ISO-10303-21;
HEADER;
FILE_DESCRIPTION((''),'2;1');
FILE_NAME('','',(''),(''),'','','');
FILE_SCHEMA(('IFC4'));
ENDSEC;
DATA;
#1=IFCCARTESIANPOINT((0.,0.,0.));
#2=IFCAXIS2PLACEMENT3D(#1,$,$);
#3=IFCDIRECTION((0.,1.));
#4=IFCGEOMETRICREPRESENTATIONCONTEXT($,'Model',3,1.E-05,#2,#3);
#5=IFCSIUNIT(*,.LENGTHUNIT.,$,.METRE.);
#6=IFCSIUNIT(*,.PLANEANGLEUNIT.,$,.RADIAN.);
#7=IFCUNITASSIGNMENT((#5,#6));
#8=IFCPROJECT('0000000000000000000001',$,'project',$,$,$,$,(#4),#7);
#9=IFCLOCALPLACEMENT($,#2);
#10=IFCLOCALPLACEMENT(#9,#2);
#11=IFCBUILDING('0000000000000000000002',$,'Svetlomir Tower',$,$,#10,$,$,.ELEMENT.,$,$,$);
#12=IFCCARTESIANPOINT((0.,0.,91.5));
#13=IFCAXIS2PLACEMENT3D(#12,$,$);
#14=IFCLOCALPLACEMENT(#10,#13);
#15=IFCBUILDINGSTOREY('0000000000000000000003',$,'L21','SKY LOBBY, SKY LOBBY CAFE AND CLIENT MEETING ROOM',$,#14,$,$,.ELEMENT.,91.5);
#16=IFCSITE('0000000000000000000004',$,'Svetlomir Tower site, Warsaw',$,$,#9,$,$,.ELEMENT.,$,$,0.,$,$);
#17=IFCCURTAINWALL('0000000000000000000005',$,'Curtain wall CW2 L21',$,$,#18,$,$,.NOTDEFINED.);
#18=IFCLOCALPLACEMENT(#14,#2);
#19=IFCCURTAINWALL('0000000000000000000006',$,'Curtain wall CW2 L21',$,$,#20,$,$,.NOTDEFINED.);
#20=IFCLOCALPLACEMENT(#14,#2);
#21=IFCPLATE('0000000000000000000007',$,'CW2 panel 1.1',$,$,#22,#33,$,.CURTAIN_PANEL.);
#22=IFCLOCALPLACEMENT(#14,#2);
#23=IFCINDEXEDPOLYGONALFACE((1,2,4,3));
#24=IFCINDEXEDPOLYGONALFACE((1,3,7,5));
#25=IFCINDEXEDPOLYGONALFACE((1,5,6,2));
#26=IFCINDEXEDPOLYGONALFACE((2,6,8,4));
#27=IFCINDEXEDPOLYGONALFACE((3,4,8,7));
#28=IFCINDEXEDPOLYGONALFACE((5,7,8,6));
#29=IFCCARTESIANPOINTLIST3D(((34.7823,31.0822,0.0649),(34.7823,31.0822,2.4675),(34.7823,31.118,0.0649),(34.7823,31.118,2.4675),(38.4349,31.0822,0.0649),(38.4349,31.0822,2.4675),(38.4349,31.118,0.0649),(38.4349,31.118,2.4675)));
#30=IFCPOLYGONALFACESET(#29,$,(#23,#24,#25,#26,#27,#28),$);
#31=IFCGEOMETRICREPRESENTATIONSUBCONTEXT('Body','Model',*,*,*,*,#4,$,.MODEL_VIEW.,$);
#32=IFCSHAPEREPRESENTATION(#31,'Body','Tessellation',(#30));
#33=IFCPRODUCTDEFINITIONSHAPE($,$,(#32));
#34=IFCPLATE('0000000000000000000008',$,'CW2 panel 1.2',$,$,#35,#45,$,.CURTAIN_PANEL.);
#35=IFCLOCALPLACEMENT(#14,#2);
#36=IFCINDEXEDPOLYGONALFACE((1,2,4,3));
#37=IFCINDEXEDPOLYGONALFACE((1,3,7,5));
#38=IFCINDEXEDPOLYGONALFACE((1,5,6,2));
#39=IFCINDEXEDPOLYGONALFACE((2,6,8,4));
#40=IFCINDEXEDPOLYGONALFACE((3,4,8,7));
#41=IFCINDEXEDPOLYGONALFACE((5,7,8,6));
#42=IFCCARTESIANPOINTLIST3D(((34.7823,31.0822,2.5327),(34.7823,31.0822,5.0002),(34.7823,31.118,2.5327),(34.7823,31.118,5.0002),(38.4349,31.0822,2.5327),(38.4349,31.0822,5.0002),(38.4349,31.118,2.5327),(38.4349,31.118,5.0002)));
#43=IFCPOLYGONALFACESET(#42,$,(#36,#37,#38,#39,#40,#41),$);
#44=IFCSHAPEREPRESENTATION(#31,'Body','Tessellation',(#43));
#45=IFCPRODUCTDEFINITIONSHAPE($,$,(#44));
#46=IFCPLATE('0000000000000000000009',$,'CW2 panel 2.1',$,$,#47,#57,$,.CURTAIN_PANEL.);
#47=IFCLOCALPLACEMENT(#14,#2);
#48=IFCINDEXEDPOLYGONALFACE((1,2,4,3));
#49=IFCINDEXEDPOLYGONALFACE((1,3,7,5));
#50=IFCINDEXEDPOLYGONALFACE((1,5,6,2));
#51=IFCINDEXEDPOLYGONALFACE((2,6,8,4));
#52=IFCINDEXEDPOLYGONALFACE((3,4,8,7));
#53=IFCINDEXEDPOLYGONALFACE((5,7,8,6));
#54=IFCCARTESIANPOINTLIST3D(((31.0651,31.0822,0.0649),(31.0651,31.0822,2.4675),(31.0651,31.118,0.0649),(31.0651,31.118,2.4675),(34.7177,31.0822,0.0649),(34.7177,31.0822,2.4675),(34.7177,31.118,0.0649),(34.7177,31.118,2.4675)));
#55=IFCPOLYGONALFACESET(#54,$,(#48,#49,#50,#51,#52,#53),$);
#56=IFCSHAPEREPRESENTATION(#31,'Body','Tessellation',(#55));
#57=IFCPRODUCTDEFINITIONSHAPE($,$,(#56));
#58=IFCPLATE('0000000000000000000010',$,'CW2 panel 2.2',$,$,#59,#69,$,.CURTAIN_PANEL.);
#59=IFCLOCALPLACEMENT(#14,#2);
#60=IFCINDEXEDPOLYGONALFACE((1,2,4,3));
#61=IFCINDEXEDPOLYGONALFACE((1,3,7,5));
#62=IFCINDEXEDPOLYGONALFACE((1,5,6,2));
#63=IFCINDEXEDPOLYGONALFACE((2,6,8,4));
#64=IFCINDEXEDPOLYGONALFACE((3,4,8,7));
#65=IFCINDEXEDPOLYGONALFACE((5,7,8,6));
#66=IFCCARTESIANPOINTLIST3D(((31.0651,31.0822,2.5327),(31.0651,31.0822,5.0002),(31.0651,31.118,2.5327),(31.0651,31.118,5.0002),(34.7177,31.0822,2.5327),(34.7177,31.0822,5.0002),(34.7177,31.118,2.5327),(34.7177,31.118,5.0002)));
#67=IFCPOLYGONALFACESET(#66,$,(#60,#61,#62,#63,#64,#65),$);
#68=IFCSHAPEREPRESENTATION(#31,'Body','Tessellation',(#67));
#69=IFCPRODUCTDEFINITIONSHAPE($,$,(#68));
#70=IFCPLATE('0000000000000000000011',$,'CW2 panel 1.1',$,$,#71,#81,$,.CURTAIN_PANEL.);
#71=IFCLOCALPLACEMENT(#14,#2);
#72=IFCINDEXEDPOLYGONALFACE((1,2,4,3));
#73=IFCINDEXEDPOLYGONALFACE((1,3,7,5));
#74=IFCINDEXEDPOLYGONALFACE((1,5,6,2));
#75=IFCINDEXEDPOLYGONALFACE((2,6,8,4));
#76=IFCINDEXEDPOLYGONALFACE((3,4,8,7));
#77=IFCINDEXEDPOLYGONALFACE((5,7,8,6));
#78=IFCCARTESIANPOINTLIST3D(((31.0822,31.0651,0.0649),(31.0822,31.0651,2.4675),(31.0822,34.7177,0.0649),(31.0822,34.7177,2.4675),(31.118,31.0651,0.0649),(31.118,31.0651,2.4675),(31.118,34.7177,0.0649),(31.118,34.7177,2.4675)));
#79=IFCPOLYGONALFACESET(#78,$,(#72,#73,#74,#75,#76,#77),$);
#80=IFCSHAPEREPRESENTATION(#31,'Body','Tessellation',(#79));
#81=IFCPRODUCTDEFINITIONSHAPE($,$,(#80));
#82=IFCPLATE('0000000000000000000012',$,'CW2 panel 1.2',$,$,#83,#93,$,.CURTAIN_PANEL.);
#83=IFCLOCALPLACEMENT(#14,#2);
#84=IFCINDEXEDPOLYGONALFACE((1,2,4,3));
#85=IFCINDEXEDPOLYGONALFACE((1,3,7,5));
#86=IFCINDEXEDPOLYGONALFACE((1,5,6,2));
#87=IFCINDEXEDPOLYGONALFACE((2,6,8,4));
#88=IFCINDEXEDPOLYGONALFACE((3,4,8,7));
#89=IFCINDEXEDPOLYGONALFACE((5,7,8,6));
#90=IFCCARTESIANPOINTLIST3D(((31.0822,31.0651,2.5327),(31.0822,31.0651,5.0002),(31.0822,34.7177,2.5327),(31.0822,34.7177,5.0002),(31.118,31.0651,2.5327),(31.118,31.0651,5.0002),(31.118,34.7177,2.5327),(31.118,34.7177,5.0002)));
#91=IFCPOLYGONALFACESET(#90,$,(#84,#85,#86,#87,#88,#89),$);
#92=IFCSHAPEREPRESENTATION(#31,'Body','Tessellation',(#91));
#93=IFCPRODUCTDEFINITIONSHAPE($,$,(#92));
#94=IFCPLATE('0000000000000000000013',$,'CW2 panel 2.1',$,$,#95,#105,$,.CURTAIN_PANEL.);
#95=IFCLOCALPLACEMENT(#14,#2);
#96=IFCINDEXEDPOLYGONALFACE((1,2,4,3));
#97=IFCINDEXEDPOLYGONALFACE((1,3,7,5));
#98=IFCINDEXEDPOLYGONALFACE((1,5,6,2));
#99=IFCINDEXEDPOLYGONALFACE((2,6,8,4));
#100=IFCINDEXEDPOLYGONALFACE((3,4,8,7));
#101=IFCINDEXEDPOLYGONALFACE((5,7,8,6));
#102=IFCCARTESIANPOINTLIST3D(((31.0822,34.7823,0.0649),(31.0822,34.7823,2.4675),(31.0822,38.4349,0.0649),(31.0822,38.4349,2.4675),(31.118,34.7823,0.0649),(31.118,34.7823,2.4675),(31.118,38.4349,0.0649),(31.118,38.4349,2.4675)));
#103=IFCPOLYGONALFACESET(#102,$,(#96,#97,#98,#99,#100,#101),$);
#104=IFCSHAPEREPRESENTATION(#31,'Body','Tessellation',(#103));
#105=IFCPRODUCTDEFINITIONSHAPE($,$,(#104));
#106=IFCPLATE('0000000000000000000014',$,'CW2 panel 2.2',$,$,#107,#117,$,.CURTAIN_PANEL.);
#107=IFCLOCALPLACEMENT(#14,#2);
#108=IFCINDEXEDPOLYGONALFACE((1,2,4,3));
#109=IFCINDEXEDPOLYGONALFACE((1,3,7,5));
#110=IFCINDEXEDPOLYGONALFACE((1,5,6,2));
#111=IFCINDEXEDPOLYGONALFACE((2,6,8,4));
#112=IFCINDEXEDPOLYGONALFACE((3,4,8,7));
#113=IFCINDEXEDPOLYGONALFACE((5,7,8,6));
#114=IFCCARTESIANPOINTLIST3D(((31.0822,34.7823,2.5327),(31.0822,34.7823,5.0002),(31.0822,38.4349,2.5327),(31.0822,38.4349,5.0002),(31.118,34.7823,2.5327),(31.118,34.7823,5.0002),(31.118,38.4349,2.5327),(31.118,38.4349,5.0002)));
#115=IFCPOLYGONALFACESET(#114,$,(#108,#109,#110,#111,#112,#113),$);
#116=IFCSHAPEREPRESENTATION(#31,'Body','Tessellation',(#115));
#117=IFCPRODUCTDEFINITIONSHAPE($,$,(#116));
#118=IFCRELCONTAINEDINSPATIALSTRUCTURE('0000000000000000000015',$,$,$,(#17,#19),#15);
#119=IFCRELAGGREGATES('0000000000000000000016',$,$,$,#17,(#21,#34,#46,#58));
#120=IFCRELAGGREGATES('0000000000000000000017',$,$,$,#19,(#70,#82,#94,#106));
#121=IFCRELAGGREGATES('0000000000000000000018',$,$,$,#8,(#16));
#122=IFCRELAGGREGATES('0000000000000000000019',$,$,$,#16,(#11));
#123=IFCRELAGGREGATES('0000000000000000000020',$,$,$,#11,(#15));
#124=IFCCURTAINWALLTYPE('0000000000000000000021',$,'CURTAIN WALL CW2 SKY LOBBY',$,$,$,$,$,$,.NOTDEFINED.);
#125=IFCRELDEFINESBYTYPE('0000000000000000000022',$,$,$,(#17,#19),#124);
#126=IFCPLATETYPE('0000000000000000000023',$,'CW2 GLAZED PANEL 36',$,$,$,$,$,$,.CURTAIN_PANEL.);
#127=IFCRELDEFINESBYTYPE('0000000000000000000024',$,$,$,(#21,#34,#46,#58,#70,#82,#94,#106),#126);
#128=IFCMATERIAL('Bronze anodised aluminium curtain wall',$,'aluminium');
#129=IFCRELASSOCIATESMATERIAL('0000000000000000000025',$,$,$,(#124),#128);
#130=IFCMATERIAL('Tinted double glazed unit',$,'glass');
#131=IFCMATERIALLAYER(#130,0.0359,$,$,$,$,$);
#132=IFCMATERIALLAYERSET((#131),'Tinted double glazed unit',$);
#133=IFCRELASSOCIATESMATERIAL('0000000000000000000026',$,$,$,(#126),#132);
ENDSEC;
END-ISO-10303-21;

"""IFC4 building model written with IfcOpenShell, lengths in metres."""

from ifc_helpers import new_model, si_unit, direction, frame, origin, origin_2d, place, context, subcontext, project, spatial, rectangle, extrude, material, layer, layer_set, type_object, element, aggregate, save


model = new_model("IFC4")

# Units and contexts
model_context = context("Model", 3, precision=1e-05, world=origin(), true_north=direction((0.0, 1.0)))
body_context = subcontext(model_context, "Body", "Model", "MODEL_VIEW")
ifc_project = project(units=[si_unit("LENGTHUNIT", "METRE"), si_unit("PLANEANGLEUNIT", "RADIAN")], contexts=[model_context])

# Site, building, storey
site_placement = place(None, origin())
site = spatial("IfcSite", under=ifc_project, at=site_placement, Name="Svetlomir Tower site, Warsaw", CompositionType="ELEMENT", RefElevation=0.0)
building_placement = place(site_placement, origin())
building = spatial("IfcBuilding", under=site, at=building_placement, Name="Svetlomir Tower", CompositionType="ELEMENT")
storey_placement = place(building_placement, frame((0.0, 0.0, 91.5)))
storey = spatial("IfcBuildingStorey", under=building, at=storey_placement, Name="L21", Description="SKY LOBBY, SKY LOBBY CAFE AND CLIENT MEETING ROOM", CompositionType="ELEMENT", Elevation=91.5)

# Curtain walls
ifc_material_1 = material(Name="Bronze anodised aluminium curtain wall", Category="aluminium")
curtain_wall_type = type_object("IfcCurtainWallType", Name="CURTAIN WALL CW2 SKY LOBBY", PredefinedType="NOTDEFINED", material=ifc_material_1)
curtain_wall_1_placement = place(storey_placement, origin())
curtain_wall_1 = element("IfcCurtainWall", 1, at=curtain_wall_1_placement, inside=storey, type_object=curtain_wall_type, Name="Curtain wall CW2 L21", PredefinedType="NOTDEFINED")
curtain_wall_2_placement = place(storey_placement, origin())
curtain_wall_2 = element("IfcCurtainWall", 2, at=curtain_wall_2_placement, inside=storey, type_object=curtain_wall_type, Name="Curtain wall CW2 L21", PredefinedType="NOTDEFINED")

# Plates
ifc_material_2 = material(Name="Tinted double glazed unit", Category="glass")
ifc_layer = layer(ifc_material_2, 0.0359)
ifc_layer_set = layer_set([ifc_layer], Name="Tinted double glazed unit")
plate_type = type_object("IfcPlateType", Name="CW2 GLAZED PANEL 36", PredefinedType="CURTAIN_PANEL", material=ifc_layer_set)
plate_1_placement = place(storey_placement, frame((36.6086, 31.1001, 0.0649), z_axis=(0.0, 0.0, 1.0), x_axis=(-1.0, 0.0, 0.0)))
plate_1 = element("IfcPlate", 3, at=plate_1_placement, type_object=plate_type, Name="CW2 panel 1.1", PredefinedType="CURTAIN_PANEL", context=body_context, shape_type="SweptSolid", body=[
    extrude(rectangle(XDim=3.6526, YDim=0.0359, at=origin_2d()), origin(), (0.0, 0.0, 1.0), 2.4026),
])
plate_2_placement = place(storey_placement, frame((36.6086, 31.1001, 2.5327), z_axis=(0.0, 0.0, 1.0), x_axis=(-1.0, 0.0, 0.0)))
plate_2 = element("IfcPlate", 4, at=plate_2_placement, type_object=plate_type, Name="CW2 panel 1.2", PredefinedType="CURTAIN_PANEL", context=body_context, shape_type="SweptSolid", body=[
    extrude(rectangle(XDim=3.6526, YDim=0.0359, at=origin_2d()), origin(), (0.0, 0.0, 1.0), 2.4675),
])
plate_3_placement = place(storey_placement, frame((32.8914, 31.1001, 0.0649), z_axis=(0.0, 0.0, 1.0), x_axis=(-1.0, 0.0, 0.0)))
plate_3 = element("IfcPlate", 5, at=plate_3_placement, type_object=plate_type, Name="CW2 panel 2.1", PredefinedType="CURTAIN_PANEL", context=body_context, shape_type="SweptSolid", body=[
    extrude(rectangle(XDim=3.6526, YDim=0.0359, at=origin_2d()), origin(), (0.0, 0.0, 1.0), 2.4026),
])
plate_4_placement = place(storey_placement, frame((32.8914, 31.1001, 2.5327), z_axis=(0.0, 0.0, 1.0), x_axis=(-1.0, 0.0, 0.0)))
plate_4 = element("IfcPlate", 6, at=plate_4_placement, type_object=plate_type, Name="CW2 panel 2.2", PredefinedType="CURTAIN_PANEL", context=body_context, shape_type="SweptSolid", body=[
    extrude(rectangle(XDim=3.6526, YDim=0.0359, at=origin_2d()), origin(), (0.0, 0.0, 1.0), 2.4675),
])
aggregate(curtain_wall_1, [plate_1, plate_2, plate_3, plate_4])
plate_5_placement = place(storey_placement, frame((31.1001, 32.8914, 0.0649), z_axis=(0.0, 0.0, 1.0), x_axis=(0.0, 1.0, 0.0)))
plate_5 = element("IfcPlate", 7, at=plate_5_placement, type_object=plate_type, Name="CW2 panel 1.1", PredefinedType="CURTAIN_PANEL", context=body_context, shape_type="SweptSolid", body=[
    extrude(rectangle(XDim=3.6526, YDim=0.0359, at=origin_2d()), origin(), (0.0, 0.0, 1.0), 2.4026),
])
plate_6_placement = place(storey_placement, frame((31.1001, 32.8914, 2.5327), z_axis=(0.0, 0.0, 1.0), x_axis=(0.0, 1.0, 0.0)))
plate_6 = element("IfcPlate", 8, at=plate_6_placement, type_object=plate_type, Name="CW2 panel 1.2", PredefinedType="CURTAIN_PANEL", context=body_context, shape_type="SweptSolid", body=[
    extrude(rectangle(XDim=3.6526, YDim=0.0359, at=origin_2d()), origin(), (0.0, 0.0, 1.0), 2.4675),
])
plate_7_placement = place(storey_placement, frame((31.1001, 36.6086, 0.0649), z_axis=(0.0, 0.0, 1.0), x_axis=(0.0, 1.0, 0.0)))
plate_7 = element("IfcPlate", 9, at=plate_7_placement, type_object=plate_type, Name="CW2 panel 2.1", PredefinedType="CURTAIN_PANEL", context=body_context, shape_type="SweptSolid", body=[
    extrude(rectangle(XDim=3.6526, YDim=0.0359, at=origin_2d()), origin(), (0.0, 0.0, 1.0), 2.4026),
])
plate_8_placement = place(storey_placement, frame((31.1001, 36.6086, 2.5327), z_axis=(0.0, 0.0, 1.0), x_axis=(0.0, 1.0, 0.0)))
plate_8 = element("IfcPlate", 10, at=plate_8_placement, type_object=plate_type, Name="CW2 panel 2.2", PredefinedType="CURTAIN_PANEL", context=body_context, shape_type="SweptSolid", body=[
    extrude(rectangle(XDim=3.6526, YDim=0.0359, at=origin_2d()), origin(), (0.0, 0.0, 1.0), 2.4675),
])
aggregate(curtain_wall_2, [plate_5, plate_6, plate_7, plate_8])

save(model, "model.ifc")
